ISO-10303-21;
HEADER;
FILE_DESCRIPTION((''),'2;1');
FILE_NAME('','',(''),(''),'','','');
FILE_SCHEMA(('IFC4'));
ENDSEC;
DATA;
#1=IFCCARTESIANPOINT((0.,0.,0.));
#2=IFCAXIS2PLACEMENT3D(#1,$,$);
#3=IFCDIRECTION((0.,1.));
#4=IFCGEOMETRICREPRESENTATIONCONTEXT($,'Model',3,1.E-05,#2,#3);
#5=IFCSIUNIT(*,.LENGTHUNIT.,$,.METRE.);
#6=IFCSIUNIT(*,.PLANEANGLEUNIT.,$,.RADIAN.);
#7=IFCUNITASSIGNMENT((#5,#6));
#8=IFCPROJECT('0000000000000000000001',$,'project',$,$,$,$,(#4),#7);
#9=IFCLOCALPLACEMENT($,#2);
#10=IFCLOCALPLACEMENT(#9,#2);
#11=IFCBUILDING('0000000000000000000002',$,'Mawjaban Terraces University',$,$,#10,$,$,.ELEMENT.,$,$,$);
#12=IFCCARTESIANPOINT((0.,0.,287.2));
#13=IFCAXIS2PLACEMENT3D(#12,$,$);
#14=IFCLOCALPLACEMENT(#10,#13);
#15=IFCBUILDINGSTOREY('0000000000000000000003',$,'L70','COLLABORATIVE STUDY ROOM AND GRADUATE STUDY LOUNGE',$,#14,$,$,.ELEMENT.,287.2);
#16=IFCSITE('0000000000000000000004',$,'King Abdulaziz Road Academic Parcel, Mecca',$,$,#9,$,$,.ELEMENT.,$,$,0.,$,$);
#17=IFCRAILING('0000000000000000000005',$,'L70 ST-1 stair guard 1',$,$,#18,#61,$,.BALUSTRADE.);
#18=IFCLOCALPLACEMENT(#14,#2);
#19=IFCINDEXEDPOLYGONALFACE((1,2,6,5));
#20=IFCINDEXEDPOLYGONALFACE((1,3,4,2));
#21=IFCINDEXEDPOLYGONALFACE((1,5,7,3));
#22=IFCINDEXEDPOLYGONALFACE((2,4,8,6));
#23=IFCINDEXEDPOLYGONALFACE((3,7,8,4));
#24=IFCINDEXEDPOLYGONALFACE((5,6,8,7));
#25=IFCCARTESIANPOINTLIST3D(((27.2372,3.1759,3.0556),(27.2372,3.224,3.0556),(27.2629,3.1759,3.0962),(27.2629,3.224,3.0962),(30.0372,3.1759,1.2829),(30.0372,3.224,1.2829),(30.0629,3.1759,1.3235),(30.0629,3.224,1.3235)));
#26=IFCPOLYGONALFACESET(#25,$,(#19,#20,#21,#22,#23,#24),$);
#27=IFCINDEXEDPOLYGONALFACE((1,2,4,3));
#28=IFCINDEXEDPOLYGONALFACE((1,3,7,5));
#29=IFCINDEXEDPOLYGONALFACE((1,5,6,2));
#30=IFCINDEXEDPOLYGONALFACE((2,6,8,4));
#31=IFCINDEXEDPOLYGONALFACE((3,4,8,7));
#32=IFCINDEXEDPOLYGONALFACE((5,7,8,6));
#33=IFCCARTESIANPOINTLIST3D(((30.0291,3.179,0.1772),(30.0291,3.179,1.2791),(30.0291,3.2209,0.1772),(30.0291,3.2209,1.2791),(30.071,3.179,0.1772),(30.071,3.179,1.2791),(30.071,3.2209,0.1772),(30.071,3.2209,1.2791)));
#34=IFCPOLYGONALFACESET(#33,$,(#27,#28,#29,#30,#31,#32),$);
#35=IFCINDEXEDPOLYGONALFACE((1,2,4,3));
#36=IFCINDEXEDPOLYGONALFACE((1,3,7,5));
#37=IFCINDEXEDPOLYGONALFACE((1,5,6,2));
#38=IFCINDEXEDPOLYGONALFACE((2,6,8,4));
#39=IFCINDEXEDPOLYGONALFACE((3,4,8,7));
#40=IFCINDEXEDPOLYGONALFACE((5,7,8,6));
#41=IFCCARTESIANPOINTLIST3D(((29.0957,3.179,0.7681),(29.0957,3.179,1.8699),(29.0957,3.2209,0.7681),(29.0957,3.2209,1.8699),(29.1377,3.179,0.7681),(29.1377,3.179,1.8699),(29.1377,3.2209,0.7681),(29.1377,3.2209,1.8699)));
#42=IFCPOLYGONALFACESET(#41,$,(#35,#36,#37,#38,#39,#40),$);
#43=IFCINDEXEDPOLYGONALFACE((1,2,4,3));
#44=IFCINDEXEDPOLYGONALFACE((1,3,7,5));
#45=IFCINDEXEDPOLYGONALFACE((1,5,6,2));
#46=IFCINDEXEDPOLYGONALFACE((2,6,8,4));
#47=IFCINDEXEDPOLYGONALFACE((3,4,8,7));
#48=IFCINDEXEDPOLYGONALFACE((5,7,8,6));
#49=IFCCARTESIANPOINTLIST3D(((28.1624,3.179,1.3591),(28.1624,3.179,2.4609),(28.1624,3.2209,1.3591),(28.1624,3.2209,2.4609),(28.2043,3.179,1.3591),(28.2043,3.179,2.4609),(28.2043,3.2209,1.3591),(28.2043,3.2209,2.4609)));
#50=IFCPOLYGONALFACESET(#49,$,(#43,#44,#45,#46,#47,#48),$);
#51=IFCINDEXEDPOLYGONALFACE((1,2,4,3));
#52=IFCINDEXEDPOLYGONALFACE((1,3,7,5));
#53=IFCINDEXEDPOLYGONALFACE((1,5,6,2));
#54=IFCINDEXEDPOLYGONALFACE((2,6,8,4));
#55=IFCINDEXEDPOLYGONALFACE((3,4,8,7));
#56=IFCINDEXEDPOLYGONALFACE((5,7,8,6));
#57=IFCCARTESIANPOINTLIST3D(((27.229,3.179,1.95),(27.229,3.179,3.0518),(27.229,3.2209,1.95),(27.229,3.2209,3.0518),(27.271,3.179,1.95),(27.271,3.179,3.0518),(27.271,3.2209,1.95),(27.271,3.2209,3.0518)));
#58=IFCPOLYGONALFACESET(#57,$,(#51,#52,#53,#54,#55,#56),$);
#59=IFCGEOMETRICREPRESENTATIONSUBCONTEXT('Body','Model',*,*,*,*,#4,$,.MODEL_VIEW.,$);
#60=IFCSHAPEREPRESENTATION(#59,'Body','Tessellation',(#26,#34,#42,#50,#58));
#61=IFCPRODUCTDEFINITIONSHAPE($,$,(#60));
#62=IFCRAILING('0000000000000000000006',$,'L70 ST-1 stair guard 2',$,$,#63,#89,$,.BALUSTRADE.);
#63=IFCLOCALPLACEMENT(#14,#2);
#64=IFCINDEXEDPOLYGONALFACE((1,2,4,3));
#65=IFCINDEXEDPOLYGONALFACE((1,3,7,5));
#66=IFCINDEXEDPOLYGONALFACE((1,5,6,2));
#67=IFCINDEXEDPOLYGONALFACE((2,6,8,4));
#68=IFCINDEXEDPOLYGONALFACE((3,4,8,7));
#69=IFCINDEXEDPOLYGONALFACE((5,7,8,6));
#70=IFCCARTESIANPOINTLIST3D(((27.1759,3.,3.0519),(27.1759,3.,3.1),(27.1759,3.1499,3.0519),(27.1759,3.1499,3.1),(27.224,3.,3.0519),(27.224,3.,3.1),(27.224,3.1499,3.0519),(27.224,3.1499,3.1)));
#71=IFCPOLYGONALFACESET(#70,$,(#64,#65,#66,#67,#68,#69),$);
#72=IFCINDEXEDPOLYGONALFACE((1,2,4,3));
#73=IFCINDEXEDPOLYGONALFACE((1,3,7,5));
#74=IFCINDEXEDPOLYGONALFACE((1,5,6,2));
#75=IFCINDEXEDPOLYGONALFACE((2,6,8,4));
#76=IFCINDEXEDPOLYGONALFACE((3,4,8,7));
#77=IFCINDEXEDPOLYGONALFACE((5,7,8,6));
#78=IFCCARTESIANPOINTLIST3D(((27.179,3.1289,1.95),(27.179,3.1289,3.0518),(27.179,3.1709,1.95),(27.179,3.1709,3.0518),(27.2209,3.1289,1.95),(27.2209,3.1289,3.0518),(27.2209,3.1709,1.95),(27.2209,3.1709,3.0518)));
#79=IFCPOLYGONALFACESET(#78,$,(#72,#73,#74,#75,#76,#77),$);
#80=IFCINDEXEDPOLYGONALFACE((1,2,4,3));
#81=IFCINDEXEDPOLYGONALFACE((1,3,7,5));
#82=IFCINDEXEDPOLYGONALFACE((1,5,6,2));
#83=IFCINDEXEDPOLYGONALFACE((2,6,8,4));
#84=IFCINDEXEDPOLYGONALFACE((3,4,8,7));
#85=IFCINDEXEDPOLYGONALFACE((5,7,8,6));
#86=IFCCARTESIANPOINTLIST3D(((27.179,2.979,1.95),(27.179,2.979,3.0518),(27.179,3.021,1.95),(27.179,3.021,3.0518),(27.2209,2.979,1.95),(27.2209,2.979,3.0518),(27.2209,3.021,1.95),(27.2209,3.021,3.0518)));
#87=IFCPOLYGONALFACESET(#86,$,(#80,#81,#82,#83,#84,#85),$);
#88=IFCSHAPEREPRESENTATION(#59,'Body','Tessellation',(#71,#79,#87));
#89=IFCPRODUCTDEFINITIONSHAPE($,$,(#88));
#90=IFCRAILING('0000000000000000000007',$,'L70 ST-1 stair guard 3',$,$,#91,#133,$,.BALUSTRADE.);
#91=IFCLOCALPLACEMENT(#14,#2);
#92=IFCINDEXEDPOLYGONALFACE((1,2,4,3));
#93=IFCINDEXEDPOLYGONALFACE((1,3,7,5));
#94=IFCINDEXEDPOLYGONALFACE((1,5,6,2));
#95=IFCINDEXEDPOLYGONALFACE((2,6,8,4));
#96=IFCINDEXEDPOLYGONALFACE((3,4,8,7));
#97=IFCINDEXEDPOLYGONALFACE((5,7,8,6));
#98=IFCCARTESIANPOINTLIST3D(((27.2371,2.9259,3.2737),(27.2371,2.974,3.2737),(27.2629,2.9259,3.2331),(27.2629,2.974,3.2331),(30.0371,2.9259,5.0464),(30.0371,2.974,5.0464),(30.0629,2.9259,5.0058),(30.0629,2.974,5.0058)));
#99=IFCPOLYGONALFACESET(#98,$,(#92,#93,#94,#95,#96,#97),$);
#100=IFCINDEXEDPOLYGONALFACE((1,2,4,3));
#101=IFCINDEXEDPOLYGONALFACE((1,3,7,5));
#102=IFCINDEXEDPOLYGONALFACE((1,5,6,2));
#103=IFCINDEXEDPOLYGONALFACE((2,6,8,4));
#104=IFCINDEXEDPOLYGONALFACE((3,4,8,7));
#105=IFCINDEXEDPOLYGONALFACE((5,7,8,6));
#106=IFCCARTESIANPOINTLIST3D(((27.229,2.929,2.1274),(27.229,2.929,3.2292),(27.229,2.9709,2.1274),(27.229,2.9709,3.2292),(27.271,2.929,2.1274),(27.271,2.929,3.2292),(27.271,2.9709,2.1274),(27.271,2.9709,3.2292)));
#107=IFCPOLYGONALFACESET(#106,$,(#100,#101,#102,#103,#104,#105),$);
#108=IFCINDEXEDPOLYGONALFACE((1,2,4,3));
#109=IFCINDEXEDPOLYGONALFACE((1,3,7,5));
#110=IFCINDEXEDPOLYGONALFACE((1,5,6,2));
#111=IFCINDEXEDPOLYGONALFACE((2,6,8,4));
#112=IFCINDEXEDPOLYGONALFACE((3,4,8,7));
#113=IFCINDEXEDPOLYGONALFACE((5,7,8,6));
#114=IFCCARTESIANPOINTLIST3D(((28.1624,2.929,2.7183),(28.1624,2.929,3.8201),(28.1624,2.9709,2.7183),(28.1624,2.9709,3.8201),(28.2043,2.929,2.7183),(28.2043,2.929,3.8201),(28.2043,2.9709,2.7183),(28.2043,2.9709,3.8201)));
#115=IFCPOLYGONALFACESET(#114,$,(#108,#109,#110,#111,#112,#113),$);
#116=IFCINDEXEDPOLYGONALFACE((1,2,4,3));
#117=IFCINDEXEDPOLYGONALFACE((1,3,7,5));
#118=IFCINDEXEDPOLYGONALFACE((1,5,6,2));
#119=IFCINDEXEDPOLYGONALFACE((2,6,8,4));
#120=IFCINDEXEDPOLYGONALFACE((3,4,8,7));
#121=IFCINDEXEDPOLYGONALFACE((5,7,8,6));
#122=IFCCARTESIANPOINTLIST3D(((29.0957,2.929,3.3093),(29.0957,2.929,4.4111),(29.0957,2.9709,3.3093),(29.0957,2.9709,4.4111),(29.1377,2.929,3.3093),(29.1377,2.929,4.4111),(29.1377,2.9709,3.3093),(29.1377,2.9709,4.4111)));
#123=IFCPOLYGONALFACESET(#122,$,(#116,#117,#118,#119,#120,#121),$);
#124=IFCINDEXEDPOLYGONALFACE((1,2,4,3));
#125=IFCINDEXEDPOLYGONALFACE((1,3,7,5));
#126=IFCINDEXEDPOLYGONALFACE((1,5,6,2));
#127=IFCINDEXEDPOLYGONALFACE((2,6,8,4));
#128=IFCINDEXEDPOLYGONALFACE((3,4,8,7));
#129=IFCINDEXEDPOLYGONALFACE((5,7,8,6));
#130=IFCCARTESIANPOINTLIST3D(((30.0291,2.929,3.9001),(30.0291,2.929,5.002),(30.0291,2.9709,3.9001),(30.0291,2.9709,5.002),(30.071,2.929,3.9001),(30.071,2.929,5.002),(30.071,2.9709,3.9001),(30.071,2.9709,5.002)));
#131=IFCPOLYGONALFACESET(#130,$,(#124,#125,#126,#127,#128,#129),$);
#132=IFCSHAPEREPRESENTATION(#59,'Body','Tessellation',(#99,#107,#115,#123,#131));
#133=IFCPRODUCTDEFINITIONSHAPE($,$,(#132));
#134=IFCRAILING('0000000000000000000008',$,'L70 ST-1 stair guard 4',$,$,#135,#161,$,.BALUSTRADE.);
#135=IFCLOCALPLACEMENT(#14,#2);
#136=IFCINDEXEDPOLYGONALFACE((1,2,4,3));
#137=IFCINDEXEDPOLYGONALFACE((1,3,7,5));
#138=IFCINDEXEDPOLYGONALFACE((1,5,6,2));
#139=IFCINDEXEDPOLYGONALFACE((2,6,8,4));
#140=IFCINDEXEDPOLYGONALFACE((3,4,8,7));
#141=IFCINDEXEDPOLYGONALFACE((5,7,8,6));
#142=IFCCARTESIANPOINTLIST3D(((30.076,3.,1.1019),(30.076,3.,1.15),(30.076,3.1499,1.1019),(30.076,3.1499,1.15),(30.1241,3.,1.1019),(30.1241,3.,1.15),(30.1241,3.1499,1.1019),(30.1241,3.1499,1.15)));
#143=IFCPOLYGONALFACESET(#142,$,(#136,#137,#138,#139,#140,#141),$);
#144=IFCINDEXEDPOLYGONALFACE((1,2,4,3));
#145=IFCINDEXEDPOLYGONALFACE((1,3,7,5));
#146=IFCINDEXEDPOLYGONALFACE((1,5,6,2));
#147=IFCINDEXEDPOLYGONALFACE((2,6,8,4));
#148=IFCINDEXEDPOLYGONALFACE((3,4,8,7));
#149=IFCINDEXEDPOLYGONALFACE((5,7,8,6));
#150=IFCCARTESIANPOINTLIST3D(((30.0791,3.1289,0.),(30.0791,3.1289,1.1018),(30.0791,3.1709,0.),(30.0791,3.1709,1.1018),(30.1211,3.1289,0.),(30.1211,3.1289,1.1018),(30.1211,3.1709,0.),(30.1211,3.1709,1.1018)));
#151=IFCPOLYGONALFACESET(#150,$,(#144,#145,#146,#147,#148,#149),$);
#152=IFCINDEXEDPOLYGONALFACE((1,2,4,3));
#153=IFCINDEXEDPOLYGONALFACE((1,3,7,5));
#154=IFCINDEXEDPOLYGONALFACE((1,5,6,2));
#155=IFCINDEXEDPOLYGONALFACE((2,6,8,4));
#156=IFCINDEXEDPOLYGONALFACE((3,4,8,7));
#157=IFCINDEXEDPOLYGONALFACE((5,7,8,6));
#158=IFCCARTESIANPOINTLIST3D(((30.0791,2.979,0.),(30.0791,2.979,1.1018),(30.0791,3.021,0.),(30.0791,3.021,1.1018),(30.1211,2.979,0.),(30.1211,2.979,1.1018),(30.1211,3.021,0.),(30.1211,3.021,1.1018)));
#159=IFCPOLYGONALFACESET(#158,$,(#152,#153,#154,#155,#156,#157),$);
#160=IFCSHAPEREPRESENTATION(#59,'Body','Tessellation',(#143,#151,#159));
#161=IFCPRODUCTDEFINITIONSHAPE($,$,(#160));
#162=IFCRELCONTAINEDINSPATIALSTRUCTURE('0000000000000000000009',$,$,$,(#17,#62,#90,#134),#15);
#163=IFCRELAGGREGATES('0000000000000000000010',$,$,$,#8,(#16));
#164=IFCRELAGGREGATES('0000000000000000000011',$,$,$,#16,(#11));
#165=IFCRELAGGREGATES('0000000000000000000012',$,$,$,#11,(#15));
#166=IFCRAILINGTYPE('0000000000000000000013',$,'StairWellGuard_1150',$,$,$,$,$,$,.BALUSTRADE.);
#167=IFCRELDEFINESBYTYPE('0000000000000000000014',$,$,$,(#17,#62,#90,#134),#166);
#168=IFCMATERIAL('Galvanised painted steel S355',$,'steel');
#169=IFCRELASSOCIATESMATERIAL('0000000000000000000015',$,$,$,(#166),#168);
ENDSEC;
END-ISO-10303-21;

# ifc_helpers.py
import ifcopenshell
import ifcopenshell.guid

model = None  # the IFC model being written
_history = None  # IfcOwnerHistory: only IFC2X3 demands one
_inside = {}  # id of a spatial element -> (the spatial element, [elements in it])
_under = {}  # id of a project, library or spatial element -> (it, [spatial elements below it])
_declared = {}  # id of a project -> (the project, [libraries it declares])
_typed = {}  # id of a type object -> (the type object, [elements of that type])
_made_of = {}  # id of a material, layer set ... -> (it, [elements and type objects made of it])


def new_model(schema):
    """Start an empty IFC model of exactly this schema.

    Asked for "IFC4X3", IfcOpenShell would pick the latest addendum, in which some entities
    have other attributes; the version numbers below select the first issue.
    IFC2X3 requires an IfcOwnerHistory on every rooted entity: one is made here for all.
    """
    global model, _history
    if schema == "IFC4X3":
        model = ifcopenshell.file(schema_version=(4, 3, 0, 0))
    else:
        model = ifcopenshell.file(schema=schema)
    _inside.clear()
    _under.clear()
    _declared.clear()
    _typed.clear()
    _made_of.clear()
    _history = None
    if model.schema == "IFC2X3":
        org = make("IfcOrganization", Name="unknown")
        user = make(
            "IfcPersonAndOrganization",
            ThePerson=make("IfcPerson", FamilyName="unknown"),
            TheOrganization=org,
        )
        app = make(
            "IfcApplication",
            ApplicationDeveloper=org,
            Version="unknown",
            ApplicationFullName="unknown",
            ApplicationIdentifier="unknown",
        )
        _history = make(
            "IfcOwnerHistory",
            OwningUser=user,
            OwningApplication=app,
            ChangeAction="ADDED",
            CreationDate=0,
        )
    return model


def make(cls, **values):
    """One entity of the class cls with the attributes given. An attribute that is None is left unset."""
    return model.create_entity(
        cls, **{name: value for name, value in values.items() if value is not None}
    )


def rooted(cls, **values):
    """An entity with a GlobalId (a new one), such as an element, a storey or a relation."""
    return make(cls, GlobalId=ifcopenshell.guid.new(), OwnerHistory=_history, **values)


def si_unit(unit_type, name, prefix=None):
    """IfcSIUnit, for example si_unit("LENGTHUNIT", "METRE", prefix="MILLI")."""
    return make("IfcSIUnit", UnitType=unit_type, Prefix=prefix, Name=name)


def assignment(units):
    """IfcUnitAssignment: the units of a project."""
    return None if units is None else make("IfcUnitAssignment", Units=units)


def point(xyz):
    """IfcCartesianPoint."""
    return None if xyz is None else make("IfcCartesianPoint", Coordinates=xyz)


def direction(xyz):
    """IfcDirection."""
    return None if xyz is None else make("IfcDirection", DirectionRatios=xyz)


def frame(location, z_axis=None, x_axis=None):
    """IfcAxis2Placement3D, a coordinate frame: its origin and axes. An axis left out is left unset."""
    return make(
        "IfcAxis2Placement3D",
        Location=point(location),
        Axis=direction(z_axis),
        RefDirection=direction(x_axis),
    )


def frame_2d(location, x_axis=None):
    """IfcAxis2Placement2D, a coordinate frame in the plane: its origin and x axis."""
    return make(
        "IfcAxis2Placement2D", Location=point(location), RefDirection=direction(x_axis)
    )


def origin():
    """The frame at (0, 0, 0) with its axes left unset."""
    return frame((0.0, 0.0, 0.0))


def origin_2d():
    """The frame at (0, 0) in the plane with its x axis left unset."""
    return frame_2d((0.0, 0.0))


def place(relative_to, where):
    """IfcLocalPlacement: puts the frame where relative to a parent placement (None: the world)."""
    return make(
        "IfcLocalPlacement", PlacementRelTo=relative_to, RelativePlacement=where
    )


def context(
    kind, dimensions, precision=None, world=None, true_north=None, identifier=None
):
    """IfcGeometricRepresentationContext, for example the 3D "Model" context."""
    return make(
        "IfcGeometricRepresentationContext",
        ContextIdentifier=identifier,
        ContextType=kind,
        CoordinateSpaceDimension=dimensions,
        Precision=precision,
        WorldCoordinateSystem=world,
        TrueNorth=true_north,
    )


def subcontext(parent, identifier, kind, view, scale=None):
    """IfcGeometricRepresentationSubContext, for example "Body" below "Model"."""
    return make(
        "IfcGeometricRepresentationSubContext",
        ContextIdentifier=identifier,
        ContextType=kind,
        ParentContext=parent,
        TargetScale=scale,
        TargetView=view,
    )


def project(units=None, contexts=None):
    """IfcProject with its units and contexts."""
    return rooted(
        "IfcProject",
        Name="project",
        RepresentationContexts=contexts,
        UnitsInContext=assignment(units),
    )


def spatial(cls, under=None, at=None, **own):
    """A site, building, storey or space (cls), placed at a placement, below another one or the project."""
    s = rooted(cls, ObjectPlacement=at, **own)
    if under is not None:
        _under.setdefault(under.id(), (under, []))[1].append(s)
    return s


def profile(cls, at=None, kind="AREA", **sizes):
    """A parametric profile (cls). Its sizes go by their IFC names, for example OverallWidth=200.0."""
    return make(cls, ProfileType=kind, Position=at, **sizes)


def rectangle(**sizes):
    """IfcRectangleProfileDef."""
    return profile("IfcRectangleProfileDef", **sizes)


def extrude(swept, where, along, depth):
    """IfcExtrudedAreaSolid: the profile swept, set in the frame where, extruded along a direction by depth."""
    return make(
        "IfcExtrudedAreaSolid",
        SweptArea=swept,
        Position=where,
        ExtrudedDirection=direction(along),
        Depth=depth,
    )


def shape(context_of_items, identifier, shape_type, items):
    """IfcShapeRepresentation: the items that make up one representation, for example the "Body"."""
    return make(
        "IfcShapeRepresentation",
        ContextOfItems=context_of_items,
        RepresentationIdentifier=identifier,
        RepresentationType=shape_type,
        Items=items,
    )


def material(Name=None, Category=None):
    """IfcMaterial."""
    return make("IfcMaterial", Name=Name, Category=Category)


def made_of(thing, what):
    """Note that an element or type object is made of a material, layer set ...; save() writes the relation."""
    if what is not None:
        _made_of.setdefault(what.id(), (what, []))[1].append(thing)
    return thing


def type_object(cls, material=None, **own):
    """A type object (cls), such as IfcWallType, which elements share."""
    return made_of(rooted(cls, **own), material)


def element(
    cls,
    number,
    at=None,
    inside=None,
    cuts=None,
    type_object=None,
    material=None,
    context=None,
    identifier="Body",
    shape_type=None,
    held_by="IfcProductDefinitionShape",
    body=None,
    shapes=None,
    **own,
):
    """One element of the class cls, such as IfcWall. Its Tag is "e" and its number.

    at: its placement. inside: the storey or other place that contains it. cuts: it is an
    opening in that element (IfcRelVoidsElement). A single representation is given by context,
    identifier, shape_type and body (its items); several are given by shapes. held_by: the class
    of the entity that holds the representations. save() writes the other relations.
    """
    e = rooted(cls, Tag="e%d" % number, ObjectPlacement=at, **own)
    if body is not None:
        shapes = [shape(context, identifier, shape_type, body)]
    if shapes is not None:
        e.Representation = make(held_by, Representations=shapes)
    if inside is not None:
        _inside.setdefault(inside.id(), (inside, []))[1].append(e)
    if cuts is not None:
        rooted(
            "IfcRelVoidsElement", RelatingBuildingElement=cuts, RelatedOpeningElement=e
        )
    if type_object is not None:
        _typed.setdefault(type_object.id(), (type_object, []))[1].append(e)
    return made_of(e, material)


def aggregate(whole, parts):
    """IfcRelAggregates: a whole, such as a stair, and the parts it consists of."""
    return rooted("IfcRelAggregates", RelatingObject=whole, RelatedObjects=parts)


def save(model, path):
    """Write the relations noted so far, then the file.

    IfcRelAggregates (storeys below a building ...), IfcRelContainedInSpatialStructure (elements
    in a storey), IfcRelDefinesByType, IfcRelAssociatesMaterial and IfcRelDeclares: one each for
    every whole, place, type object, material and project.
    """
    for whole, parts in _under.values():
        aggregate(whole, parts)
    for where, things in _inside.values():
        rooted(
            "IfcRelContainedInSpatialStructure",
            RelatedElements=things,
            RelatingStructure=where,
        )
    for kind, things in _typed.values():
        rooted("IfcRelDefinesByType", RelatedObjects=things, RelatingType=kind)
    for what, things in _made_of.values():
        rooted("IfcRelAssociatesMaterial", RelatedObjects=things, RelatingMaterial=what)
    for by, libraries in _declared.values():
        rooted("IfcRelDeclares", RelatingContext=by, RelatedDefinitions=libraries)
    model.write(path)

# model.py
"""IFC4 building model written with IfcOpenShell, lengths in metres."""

from ifc_helpers import new_model, si_unit, direction, frame, origin, origin_2d, place, context, subcontext, project, spatial, rectangle, extrude, material, type_object, element, save


model = new_model("IFC4")

# Units and contexts
model_context = context("Model", 3, precision=1e-05, world=origin(), true_north=direction((0.0, 1.0)))
body_context = subcontext(model_context, "Body", "Model", "MODEL_VIEW")
ifc_project = project(units=[si_unit("LENGTHUNIT", "METRE"), si_unit("PLANEANGLEUNIT", "RADIAN")], contexts=[model_context])

# Site, building, storey
site_placement = place(None, origin())
site = spatial("IfcSite", under=ifc_project, at=site_placement, Name="King Abdulaziz Road Academic Parcel, Mecca", CompositionType="ELEMENT", RefElevation=0.0)
building_placement = place(site_placement, origin())
building = spatial("IfcBuilding", under=site, at=building_placement, Name="Mawjaban Terraces University", CompositionType="ELEMENT")
storey_placement = place(building_placement, frame((0.0, 0.0, 287.2)))
storey = spatial("IfcBuildingStorey", under=building, at=storey_placement, Name="L70", Description="COLLABORATIVE STUDY ROOM AND GRADUATE STUDY LOUNGE", CompositionType="ELEMENT", Elevation=287.2)

# Railings
ifc_material_1 = material(Name="Galvanised painted steel S355", Category="steel")
railing_type_1 = type_object("IfcRailingType", Name="StairWellGuard_1150", PredefinedType="BALUSTRADE", material=ifc_material_1)
railing_1_placement = place(storey_placement, frame((30.05, 3.2, 0.1772)))
element("IfcRailing", 1, at=railing_1_placement, inside=storey, type_object=railing_type_1, Name="L70 ST-1 stair guard 1", PredefinedType="BALUSTRADE", context=body_context, shape_type="SweptSolid", body=[
    extrude(rectangle(XDim=0.0481, YDim=0.0481, at=origin_2d()), frame((0.0, 0.0, 1.126), z_axis=(-0.844909, 0.0, 0.53491), x_axis=(0.0, -1.0, 0.0)), (0.0, 0.0, 1.0), 3.314),
    extrude(rectangle(XDim=0.042, YDim=0.042, at=origin_2d()), origin(), (0.0, 0.0, 1.0), 1.1018),
    extrude(rectangle(XDim=0.042, YDim=0.042, at=origin_2d()), frame((-0.9333, 0.0, 0.5908)), (0.0, 0.0, 1.0), 1.1018),
    extrude(rectangle(XDim=0.042, YDim=0.042, at=origin_2d()), frame((-1.8667, 0.0, 1.1819)), (0.0, 0.0, 1.0), 1.1018),
    extrude(rectangle(XDim=0.042, YDim=0.042, at=origin_2d()), frame((-2.8, 0.0, 1.7727)), (0.0, 0.0, 1.0), 1.1018),
])
railing_2_placement = place(storey_placement, frame((27.2, 3.1499, 1.95)))
element("IfcRailing", 2, at=railing_2_placement, inside=storey, type_object=railing_type_1, Name="L70 ST-1 stair guard 2", PredefinedType="BALUSTRADE", context=body_context, shape_type="SweptSolid", body=[
    extrude(rectangle(XDim=0.0481, YDim=0.0481, at=origin_2d()), frame((0.0, 0.0, 1.126), z_axis=(0.0, -1.0, 0.0), x_axis=(1.0, 0.0, 0.0)), (0.0, 0.0, 1.0), 0.1499),
    extrude(rectangle(XDim=0.042, YDim=0.042, at=origin_2d()), origin(), (0.0, 0.0, 1.0), 1.1018),
    extrude(rectangle(XDim=0.042, YDim=0.042, at=origin_2d()), frame((0.0, -0.1499, 0.0)), (0.0, 0.0, 1.0), 1.1018),
])
railing_3_placement = place(storey_placement, frame((27.25, 2.95, 2.1274)))
element("IfcRailing", 3, at=railing_3_placement, inside=storey, type_object=railing_type_1, Name="L70 ST-1 stair guard 3", PredefinedType="BALUSTRADE", context=body_context, shape_type="SweptSolid", body=[
    extrude(rectangle(XDim=0.0481, YDim=0.0481, at=origin_2d()), frame((0.0, 0.0, 1.126), z_axis=(0.844909, 0.0, 0.53491), x_axis=(0.0, 1.0, 0.0)), (0.0, 0.0, 1.0), 3.314),
    extrude(rectangle(XDim=0.042, YDim=0.042, at=origin_2d()), origin(), (0.0, 0.0, 1.0), 1.1018),
    extrude(rectangle(XDim=0.042, YDim=0.042, at=origin_2d()), frame((0.9333, 0.0, 0.5908)), (0.0, 0.0, 1.0), 1.1018),
    extrude(rectangle(XDim=0.042, YDim=0.042, at=origin_2d()), frame((1.8667, 0.0, 1.1819)), (0.0, 0.0, 1.0), 1.1018),
    extrude(rectangle(XDim=0.042, YDim=0.042, at=origin_2d()), frame((2.8, 0.0, 1.7727)), (0.0, 0.0, 1.0), 1.1018),
])
railing_4_placement = place(storey_placement, frame((30.1001, 3.1499, 0.0)))
element("IfcRailing", 4, at=railing_4_placement, inside=storey, type_object=railing_type_1, Name="L70 ST-1 stair guard 4", PredefinedType="BALUSTRADE", context=body_context, shape_type="SweptSolid", body=[
    extrude(rectangle(XDim=0.0481, YDim=0.0481, at=origin_2d()), frame((0.0, 0.0, 1.126), z_axis=(0.0, -1.0, 0.0), x_axis=(1.0, 0.0, 0.0)), (0.0, 0.0, 1.0), 0.1499),
    extrude(rectangle(XDim=0.042, YDim=0.042, at=origin_2d()), origin(), (0.0, 0.0, 1.0), 1.1018),
    extrude(rectangle(XDim=0.042, YDim=0.042, at=origin_2d()), frame((0.0, -0.1499, 0.0)), (0.0, 0.0, 1.0), 1.1018),
])

save(model, "model.ifc")
